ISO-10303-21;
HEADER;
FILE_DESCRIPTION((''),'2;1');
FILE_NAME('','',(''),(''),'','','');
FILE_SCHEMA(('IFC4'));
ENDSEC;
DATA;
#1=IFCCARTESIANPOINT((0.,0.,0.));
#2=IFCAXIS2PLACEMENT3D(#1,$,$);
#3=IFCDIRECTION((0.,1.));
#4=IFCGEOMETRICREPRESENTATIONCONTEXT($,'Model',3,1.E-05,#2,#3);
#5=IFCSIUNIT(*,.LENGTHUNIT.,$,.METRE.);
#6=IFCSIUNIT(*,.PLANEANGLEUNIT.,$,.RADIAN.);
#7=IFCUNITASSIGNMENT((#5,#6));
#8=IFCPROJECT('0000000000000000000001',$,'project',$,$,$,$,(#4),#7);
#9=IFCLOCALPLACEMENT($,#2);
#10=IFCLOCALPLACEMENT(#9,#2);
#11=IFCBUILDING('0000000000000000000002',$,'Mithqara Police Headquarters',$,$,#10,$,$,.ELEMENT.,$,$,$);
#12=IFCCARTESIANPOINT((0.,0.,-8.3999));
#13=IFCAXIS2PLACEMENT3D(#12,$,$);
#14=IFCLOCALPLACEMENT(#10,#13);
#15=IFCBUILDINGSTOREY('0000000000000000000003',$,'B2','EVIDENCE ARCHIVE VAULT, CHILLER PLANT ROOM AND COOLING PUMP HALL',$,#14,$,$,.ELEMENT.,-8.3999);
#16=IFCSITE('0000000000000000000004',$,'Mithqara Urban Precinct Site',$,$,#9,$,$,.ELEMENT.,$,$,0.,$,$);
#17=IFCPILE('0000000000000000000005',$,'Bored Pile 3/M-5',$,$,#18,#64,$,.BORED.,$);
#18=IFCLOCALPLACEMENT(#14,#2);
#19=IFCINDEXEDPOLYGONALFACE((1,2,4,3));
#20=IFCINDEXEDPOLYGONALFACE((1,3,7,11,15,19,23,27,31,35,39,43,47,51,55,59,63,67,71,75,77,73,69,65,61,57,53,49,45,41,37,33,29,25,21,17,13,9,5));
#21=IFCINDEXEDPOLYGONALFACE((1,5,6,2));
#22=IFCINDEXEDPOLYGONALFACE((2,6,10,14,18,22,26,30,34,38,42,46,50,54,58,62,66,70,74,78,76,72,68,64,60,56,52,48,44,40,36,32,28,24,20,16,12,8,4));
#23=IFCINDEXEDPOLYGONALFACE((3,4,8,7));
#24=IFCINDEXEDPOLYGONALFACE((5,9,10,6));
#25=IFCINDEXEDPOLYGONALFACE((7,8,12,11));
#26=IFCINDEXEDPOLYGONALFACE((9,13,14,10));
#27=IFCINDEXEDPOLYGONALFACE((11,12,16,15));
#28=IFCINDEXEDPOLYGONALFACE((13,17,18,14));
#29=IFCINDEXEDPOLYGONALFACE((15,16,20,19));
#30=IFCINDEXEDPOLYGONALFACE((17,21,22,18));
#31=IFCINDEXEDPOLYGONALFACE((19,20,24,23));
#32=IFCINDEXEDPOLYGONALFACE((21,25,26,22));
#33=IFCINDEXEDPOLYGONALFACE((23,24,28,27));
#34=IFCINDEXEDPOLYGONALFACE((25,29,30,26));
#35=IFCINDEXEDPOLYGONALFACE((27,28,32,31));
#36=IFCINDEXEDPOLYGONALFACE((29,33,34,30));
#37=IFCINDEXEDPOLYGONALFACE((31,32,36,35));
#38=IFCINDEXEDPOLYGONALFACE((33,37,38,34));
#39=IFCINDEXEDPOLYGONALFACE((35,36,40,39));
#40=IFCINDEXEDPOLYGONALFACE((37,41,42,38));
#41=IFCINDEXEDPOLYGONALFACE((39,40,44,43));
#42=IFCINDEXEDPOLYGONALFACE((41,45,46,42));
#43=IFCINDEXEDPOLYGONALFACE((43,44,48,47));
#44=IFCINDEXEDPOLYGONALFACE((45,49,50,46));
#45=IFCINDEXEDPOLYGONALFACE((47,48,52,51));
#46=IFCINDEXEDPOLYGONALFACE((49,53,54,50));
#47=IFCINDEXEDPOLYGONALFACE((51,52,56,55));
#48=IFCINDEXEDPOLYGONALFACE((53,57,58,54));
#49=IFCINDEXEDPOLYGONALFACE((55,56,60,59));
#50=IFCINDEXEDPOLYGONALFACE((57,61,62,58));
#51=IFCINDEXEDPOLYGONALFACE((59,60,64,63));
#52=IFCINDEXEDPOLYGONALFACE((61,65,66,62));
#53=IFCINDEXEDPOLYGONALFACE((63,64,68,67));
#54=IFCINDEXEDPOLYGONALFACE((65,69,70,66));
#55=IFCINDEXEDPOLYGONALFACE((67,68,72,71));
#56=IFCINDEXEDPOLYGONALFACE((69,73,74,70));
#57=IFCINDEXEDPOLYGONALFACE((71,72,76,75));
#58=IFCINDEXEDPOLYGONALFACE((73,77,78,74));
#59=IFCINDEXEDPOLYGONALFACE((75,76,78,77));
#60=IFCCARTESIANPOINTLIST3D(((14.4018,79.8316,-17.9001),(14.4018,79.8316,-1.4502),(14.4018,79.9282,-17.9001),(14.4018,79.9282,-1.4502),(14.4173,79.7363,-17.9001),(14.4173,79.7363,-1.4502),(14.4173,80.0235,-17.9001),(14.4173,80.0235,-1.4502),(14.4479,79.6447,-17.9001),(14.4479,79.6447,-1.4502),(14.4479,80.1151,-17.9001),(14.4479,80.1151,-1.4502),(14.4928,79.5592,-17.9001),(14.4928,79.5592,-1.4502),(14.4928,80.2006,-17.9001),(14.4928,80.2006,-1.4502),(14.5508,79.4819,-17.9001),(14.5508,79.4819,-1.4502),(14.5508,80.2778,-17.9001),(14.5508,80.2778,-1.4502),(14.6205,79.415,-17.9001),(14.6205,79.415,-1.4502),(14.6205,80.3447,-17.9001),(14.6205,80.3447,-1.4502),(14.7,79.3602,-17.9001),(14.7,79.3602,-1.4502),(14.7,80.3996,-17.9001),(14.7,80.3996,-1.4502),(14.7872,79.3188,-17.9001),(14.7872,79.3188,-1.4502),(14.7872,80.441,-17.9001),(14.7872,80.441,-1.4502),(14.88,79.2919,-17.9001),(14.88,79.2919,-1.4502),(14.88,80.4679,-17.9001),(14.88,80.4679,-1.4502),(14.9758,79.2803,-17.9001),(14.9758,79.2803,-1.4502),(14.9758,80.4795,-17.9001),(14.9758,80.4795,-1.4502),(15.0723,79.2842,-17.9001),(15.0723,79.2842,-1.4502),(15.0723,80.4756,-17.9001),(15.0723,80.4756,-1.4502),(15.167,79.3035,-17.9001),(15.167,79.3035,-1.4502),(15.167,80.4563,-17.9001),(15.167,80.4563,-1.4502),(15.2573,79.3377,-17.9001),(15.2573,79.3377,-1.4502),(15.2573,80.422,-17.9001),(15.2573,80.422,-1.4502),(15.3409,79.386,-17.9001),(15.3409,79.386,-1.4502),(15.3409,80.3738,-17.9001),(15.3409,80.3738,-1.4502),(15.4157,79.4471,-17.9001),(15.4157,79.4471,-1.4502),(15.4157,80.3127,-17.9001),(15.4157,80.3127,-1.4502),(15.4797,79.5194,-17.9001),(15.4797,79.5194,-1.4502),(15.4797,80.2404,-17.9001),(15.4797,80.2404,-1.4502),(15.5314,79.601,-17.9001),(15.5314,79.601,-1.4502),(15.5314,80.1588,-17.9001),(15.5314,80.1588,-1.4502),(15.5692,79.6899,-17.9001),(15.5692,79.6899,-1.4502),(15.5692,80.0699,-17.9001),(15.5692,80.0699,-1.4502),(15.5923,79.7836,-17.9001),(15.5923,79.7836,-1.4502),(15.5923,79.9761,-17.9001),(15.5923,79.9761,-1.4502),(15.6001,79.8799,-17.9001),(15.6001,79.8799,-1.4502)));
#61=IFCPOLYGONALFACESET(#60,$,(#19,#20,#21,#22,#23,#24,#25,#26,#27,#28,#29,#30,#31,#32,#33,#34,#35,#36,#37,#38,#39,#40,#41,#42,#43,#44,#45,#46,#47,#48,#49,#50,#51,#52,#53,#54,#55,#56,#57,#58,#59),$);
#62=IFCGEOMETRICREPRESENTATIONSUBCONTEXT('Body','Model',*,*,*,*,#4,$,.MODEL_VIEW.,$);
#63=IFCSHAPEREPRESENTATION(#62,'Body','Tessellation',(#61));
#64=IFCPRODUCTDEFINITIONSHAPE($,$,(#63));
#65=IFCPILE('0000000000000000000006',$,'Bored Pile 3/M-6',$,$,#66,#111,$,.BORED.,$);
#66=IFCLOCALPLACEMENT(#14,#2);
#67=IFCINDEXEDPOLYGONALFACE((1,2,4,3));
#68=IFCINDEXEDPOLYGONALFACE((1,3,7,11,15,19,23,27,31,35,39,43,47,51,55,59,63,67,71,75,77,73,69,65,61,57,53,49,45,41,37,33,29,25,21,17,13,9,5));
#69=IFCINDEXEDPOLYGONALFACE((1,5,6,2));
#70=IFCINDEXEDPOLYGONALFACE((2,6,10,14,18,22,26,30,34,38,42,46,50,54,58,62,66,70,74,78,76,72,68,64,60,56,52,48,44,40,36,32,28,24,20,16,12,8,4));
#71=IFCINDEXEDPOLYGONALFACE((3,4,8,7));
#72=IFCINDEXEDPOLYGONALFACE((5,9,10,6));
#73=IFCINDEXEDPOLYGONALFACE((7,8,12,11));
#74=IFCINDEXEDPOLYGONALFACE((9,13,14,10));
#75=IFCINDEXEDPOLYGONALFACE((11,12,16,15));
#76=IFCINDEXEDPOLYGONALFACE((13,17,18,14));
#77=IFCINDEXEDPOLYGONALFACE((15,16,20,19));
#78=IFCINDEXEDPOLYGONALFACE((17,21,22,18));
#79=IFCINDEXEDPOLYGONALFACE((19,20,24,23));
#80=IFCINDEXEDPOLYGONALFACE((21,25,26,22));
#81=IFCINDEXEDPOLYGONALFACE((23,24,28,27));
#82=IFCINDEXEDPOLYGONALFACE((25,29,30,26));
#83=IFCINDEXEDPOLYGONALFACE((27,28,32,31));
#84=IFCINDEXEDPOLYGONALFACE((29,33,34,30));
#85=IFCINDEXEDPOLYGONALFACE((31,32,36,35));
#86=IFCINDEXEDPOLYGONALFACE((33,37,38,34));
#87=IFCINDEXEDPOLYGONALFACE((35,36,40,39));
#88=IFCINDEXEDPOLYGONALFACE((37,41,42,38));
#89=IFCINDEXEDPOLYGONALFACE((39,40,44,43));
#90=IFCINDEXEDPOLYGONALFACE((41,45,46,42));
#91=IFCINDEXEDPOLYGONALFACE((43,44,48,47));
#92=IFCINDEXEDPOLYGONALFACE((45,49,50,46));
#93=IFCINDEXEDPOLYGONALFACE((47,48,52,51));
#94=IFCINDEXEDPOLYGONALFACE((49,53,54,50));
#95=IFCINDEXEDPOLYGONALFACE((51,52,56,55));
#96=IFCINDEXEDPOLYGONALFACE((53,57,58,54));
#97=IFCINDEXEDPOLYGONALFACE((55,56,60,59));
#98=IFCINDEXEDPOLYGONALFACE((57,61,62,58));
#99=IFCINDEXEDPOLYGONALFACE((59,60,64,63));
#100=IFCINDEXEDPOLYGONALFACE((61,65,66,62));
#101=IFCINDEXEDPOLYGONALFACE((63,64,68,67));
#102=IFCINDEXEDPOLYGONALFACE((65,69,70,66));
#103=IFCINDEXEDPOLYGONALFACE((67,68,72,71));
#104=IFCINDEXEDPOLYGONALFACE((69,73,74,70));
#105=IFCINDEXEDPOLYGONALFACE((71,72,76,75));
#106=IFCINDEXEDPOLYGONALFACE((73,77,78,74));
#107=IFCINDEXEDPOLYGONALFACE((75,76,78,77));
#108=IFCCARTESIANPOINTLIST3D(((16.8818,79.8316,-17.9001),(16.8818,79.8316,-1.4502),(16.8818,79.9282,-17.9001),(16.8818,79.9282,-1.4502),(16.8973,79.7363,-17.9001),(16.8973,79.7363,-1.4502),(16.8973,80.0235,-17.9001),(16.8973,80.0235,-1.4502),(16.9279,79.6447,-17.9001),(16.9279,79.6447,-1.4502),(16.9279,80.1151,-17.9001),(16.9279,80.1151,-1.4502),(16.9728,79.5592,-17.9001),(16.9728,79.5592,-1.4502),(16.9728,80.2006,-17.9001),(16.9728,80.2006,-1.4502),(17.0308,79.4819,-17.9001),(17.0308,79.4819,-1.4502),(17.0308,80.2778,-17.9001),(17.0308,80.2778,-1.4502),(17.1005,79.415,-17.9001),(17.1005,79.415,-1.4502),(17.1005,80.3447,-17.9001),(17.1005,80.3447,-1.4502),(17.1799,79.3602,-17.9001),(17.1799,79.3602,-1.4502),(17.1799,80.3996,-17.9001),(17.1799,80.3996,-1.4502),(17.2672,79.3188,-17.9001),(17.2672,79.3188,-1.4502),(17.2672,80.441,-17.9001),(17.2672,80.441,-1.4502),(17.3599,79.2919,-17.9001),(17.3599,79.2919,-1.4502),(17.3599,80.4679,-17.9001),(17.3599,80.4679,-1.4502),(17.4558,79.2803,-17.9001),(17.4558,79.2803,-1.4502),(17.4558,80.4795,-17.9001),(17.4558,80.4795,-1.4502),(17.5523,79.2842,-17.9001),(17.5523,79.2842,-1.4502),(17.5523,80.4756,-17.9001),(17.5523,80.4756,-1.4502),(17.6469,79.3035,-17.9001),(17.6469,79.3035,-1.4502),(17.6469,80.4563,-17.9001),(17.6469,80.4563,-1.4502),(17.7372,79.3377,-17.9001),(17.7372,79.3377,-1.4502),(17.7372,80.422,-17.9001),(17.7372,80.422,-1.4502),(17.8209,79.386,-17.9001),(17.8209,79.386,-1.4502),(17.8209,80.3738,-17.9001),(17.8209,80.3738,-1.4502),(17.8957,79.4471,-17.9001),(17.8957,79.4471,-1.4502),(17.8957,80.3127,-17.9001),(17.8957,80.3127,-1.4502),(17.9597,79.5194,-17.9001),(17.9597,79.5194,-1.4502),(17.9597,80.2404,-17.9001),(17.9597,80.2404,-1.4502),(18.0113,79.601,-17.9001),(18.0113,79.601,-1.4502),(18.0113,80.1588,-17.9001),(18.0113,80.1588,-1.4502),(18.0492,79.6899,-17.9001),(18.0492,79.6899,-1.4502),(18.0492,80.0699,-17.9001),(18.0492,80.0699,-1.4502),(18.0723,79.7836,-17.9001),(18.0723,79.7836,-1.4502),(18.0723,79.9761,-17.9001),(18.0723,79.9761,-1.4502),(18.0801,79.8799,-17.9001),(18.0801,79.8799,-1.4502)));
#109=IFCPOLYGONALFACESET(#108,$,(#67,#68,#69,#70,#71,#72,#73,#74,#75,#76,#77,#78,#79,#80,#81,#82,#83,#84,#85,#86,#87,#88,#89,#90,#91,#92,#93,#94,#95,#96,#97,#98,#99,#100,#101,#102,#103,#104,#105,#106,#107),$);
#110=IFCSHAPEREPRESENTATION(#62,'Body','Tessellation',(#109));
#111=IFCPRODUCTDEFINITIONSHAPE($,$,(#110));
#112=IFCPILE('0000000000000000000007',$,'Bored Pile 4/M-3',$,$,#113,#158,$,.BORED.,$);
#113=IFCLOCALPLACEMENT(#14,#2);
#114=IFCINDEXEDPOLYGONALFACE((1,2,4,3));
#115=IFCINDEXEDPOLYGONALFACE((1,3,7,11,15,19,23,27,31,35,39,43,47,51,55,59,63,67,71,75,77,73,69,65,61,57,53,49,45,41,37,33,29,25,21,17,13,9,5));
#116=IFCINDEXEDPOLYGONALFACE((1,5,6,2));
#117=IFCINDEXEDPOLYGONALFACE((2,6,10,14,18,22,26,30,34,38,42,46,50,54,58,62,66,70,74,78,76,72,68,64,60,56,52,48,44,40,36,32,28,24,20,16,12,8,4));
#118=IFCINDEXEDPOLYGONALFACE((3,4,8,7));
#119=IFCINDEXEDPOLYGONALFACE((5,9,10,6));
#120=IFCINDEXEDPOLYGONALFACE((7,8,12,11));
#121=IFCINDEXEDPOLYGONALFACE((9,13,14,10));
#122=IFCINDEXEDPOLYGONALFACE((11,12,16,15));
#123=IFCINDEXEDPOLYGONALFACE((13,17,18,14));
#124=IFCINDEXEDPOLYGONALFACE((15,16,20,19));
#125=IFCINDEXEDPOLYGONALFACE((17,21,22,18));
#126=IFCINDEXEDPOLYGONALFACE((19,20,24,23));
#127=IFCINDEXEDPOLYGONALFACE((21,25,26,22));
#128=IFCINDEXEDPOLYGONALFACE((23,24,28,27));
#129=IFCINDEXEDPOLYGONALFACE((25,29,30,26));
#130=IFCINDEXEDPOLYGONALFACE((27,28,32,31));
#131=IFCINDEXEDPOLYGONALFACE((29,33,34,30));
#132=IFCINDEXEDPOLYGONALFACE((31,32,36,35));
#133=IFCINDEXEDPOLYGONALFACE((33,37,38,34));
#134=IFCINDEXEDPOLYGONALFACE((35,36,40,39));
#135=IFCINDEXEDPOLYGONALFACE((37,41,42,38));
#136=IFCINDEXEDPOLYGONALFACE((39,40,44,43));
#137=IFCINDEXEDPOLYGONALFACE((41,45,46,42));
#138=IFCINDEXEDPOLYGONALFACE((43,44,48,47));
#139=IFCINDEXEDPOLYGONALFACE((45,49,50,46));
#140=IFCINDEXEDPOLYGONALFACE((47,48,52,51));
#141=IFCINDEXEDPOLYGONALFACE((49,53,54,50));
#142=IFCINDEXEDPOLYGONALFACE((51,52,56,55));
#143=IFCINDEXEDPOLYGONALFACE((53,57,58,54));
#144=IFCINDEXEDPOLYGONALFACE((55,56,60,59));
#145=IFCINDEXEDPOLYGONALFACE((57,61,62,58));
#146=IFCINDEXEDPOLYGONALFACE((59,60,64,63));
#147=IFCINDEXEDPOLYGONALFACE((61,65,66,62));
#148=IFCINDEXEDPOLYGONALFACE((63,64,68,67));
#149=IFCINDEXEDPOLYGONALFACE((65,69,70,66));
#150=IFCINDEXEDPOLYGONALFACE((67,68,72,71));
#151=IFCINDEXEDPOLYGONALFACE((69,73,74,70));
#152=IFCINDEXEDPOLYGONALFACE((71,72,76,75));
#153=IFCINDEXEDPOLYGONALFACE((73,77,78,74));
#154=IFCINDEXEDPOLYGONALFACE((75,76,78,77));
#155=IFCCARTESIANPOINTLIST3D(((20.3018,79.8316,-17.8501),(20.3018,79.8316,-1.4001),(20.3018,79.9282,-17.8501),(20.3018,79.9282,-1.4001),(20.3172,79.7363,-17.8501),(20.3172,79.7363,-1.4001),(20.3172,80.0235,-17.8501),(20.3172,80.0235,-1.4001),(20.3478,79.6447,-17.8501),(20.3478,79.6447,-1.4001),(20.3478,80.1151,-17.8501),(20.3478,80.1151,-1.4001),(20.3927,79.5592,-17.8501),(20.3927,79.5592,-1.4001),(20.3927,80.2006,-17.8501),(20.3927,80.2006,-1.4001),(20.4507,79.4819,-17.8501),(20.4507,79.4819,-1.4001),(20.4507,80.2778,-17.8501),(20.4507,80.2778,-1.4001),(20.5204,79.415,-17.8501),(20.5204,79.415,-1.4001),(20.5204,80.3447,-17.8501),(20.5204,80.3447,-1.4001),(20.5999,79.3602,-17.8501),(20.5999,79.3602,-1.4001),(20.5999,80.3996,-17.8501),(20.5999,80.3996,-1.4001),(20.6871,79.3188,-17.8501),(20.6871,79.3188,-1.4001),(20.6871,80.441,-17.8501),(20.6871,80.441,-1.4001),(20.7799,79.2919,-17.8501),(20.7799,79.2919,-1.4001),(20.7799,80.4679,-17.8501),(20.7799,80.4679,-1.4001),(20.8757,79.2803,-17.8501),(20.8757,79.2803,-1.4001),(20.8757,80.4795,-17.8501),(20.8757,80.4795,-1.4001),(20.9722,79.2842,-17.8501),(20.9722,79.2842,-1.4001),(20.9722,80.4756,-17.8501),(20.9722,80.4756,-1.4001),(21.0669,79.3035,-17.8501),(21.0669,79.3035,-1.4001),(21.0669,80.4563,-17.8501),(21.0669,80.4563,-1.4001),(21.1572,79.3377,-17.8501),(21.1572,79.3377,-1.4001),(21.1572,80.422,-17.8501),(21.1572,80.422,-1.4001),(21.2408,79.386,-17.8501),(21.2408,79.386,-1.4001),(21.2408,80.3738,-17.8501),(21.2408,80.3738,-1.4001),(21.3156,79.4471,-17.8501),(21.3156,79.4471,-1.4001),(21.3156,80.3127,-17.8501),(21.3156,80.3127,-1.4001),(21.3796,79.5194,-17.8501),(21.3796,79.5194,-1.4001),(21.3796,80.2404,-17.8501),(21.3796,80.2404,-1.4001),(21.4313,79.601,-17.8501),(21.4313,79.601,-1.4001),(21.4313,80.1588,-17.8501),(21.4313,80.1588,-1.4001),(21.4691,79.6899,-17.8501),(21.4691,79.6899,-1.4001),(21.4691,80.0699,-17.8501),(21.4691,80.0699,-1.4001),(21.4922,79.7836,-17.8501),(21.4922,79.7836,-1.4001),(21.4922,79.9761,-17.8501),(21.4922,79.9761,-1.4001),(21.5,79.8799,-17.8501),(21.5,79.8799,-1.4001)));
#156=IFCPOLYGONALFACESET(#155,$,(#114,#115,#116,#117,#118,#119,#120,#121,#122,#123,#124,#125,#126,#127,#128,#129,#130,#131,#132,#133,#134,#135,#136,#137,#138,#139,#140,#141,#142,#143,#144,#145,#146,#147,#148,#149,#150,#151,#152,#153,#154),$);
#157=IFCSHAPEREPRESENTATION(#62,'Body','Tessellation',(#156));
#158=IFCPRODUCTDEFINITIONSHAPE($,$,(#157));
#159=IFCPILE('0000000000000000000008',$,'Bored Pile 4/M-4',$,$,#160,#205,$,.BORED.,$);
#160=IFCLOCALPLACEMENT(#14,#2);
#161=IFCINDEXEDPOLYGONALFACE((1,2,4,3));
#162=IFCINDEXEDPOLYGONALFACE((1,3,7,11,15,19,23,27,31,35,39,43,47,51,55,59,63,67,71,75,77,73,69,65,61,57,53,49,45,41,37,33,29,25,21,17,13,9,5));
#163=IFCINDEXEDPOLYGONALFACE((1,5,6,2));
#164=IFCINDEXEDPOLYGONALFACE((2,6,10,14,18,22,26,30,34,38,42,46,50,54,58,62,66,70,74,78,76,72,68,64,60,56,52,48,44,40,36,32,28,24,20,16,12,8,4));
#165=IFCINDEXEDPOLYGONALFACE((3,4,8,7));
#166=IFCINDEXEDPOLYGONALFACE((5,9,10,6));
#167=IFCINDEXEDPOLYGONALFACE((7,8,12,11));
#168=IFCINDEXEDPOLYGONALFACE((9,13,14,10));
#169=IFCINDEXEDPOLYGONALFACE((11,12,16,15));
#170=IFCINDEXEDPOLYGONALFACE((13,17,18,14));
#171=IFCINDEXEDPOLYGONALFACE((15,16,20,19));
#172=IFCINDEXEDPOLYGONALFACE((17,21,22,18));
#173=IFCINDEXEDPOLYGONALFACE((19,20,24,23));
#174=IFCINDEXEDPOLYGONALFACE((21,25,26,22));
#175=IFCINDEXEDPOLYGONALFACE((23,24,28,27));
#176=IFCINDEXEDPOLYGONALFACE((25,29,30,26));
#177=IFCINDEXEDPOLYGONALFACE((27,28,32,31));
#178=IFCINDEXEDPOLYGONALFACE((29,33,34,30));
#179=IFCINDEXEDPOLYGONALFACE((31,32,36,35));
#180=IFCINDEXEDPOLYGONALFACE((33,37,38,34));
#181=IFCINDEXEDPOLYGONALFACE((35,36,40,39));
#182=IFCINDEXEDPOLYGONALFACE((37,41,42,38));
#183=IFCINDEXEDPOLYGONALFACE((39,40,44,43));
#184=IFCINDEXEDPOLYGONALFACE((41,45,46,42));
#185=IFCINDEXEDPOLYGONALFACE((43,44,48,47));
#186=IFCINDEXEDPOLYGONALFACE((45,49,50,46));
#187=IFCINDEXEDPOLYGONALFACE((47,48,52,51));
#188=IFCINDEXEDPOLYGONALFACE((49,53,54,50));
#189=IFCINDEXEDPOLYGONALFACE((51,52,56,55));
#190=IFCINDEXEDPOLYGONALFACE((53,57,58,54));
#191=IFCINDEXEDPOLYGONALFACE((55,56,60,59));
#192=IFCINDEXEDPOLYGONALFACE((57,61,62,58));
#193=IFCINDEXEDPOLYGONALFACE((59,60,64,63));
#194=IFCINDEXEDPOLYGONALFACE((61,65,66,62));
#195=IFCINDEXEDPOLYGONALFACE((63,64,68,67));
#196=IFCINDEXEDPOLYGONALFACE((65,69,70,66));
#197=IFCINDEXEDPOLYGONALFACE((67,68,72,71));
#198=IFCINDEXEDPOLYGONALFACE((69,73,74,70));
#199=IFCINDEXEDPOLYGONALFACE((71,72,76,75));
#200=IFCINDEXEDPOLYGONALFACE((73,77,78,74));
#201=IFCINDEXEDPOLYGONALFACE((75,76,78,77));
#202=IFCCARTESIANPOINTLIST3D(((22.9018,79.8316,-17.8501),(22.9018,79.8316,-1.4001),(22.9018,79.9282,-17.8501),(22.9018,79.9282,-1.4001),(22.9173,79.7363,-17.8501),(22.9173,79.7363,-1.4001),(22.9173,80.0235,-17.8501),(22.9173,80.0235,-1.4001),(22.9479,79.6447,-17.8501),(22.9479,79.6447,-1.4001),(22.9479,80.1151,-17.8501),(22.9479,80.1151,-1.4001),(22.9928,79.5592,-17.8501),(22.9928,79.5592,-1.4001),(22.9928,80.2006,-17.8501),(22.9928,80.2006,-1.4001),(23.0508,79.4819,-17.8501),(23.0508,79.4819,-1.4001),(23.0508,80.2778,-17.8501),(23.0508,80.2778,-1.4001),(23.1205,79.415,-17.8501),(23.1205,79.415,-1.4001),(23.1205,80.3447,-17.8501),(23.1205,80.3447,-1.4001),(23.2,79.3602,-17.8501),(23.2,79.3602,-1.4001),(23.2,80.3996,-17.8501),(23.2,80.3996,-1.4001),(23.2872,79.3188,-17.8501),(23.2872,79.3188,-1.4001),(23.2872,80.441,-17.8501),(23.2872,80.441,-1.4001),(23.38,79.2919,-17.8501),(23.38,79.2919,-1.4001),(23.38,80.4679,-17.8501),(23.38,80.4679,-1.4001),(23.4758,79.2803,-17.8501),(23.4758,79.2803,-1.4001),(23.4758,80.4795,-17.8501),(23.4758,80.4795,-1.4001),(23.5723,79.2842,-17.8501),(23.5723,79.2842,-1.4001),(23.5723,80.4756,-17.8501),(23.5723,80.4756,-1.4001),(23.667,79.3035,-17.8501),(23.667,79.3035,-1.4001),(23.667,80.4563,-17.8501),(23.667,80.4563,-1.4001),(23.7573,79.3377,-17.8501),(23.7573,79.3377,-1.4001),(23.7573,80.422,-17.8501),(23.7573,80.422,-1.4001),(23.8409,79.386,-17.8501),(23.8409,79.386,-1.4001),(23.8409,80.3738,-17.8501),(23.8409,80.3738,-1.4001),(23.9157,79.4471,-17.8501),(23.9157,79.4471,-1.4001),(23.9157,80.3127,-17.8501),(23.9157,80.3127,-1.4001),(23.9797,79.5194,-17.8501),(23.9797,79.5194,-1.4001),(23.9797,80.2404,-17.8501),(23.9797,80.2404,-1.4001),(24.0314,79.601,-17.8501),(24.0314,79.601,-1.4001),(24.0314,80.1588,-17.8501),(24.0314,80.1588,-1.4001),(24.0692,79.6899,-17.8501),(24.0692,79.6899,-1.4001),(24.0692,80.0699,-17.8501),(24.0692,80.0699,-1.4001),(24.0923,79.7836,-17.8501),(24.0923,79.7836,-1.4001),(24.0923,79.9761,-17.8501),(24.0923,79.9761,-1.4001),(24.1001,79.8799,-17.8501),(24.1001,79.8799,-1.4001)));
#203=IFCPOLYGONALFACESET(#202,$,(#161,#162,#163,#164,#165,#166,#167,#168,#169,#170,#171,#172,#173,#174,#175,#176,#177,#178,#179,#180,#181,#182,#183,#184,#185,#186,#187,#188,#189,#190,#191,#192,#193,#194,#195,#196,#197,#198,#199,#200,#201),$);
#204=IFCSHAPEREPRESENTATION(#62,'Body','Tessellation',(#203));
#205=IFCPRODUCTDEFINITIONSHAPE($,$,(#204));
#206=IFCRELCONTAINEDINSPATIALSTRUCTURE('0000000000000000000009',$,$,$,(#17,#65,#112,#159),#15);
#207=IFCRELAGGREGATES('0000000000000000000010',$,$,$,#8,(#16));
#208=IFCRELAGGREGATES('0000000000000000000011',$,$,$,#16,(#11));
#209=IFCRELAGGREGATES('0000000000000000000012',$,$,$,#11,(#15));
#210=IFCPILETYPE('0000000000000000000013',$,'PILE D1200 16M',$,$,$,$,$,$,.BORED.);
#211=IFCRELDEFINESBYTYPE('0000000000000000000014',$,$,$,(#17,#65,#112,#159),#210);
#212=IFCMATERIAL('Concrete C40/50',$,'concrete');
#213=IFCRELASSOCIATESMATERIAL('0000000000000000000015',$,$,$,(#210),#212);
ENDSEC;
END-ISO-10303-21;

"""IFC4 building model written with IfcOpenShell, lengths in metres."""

from ifc_helpers import new_model, si_unit, direction, frame, origin, origin_2d, place, context, subcontext, project, spatial, circle, extrude, material, material_profile, profile_set, type_object, element, save


model = new_model("IFC4")

# Units and contexts
model_context = context("Model", 3, precision=1e-05, world=origin(), true_north=direction((0.0, 1.0)))
body_context = subcontext(model_context, "Body", "Model", "MODEL_VIEW")
ifc_project = project(units=[si_unit("LENGTHUNIT", "METRE"), si_unit("PLANEANGLEUNIT", "RADIAN")], contexts=[model_context])

# Site, building, storey
site_placement = place(None, origin())
site = spatial("IfcSite", under=ifc_project, at=site_placement, Name="Mithqara Urban Precinct Site", CompositionType="ELEMENT", RefElevation=0.0)
building_placement = place(site_placement, origin())
building = spatial("IfcBuilding", under=site, at=building_placement, Name="Mithqara Police Headquarters", CompositionType="ELEMENT")
storey_placement = place(building_placement, frame((0.0, 0.0, -8.3999)))
storey = spatial("IfcBuildingStorey", under=building, at=storey_placement, Name="B2", Description="EVIDENCE ARCHIVE VAULT, CHILLER PLANT ROOM AND COOLING PUMP HALL", CompositionType="ELEMENT", Elevation=-8.3999)

# Shared definitions
ifc_material_1 = material(Name="Concrete C40/50", Category="concrete")

# Piles
ifc_material_profile_1 = material_profile(ifc_material_1, circle(Radius=0.6001, at=origin_2d()), Name="PILE D1200")
ifc_profile_set_1 = profile_set([ifc_material_profile_1], Name="Concrete C40/50")
pile_type_1 = type_object("IfcPileType", Name="PILE D1200 16M", PredefinedType="BORED", material=ifc_profile_set_1)
for number, where, z_axis, x_axis, name in (
    (1, (15.0, 79.8799, -1.4502), (0.0, 0.0, -1.0), (1.0, 0.0, 0.0), "Bored Pile 3/M-5"),
    (2, (17.48, 79.8799, -1.4502), (0.0, 0.0, -1.0), (1.0, 0.0, 0.0), "Bored Pile 3/M-6"),
    (3, (20.8999, 79.8799, -1.4001), (0.0, 0.0, -1.0), (1.0, 0.0, 0.0), "Bored Pile 4/M-3"),
    (4, (23.5, 79.8799, -1.4001), (0.0, 0.0, -1.0), (1.0, 0.0, 0.0), "Bored Pile 4/M-4"),
):
    element("IfcPile", number, at=place(storey_placement, frame(where, z_axis=z_axis, x_axis=x_axis)), inside=storey, type_object=pile_type_1, Name=name, PredefinedType="BORED", context=body_context, shape_type="SweptSolid", body=[
        extrude(circle(Radius=0.6001, at=origin_2d()), origin(), (0.0, 0.0, 1.0), 16.45),
    ])

save(model, "model.ifc")
